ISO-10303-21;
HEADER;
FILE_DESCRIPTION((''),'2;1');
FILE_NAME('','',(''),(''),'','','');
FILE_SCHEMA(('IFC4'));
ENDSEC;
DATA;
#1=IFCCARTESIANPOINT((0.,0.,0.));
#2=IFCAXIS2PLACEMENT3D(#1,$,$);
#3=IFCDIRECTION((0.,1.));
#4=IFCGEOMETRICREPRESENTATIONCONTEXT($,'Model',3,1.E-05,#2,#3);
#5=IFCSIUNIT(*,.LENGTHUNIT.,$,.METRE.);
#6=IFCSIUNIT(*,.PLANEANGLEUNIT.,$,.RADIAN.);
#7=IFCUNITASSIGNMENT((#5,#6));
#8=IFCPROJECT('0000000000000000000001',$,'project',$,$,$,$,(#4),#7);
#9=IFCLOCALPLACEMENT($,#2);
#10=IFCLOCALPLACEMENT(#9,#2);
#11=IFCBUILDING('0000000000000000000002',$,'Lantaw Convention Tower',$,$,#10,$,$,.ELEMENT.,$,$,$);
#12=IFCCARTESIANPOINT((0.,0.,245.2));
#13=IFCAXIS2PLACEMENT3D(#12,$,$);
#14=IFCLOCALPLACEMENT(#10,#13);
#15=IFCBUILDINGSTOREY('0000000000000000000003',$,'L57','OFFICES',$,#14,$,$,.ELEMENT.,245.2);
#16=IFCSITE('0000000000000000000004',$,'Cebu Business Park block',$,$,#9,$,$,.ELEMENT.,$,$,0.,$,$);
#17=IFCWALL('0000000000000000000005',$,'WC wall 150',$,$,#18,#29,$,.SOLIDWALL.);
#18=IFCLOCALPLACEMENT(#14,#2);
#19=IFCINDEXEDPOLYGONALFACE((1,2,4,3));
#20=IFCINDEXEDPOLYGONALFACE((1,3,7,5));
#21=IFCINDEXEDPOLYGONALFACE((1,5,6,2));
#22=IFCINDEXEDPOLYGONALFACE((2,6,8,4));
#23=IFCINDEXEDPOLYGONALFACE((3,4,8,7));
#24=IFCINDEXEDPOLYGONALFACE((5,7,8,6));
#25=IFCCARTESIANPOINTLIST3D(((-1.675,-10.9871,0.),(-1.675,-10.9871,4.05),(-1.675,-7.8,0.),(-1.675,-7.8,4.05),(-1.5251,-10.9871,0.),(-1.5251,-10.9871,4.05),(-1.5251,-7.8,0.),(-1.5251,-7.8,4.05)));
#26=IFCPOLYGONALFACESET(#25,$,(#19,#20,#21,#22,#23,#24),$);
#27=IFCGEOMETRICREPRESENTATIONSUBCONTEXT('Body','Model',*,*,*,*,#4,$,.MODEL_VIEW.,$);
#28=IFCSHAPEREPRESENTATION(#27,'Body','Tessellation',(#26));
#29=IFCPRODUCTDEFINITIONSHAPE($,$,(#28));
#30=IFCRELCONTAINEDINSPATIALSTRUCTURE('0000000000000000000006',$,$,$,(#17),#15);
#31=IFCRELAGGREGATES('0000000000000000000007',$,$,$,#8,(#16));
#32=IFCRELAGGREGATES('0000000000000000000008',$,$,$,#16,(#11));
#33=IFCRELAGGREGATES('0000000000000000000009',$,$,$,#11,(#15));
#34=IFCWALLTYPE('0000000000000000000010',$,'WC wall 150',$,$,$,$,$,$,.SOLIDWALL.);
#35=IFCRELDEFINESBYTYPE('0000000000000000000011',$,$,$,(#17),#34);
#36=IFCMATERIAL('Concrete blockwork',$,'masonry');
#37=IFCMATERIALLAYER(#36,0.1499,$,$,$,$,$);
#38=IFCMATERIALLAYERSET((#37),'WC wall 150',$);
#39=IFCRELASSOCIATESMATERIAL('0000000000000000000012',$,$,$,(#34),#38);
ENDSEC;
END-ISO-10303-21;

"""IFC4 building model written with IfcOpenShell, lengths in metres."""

from ifc_helpers import new_model, si_unit, direction, frame, frame_2d, origin, place, context, subcontext, project, spatial, rectangle, extrude, material, layer, layer_set, type_object, element, save


model = new_model("IFC4")

# Units and contexts
model_context = context("Model", 3, precision=1e-05, world=origin(), true_north=direction((0.0, 1.0)))
body_context = subcontext(model_context, "Body", "Model", "MODEL_VIEW")
ifc_project = project(units=[si_unit("LENGTHUNIT", "METRE"), si_unit("PLANEANGLEUNIT", "RADIAN")], contexts=[model_context])

# Site, building, storey
site_placement = place(None, origin())
site = spatial("IfcSite", under=ifc_project, at=site_placement, Name="Cebu Business Park block", CompositionType="ELEMENT", RefElevation=0.0)
building_placement = place(site_placement, origin())
building = spatial("IfcBuilding", under=site, at=building_placement, Name="Lantaw Convention Tower", CompositionType="ELEMENT")
storey_placement = place(building_placement, frame((0.0, 0.0, 245.2)))
storey = spatial("IfcBuildingStorey", under=building, at=storey_placement, Name="L57", Description="OFFICES", CompositionType="ELEMENT", Elevation=245.2)

# Shared definitions
ifc_material_1 = material(Name="Concrete blockwork", Category="masonry")
ifc_layer_1 = layer(ifc_material_1, 0.1499)
ifc_layer_set_1 = layer_set([ifc_layer_1], Name="WC wall 150")
wall_type_1 = type_object("IfcWallType", Name="WC wall 150", PredefinedType="SOLIDWALL", material=ifc_layer_set_1)

# Wall
for number, where, z_axis, x_axis, name in (
    (1, (-1.6001, -7.8, 0.0), (0.0, 0.0, 1.0), (0.0, -1.0, 0.0), "WC wall 150"),
):
    element("IfcWall", number, at=place(storey_placement, frame(where, z_axis=z_axis, x_axis=x_axis)), inside=storey, type_object=wall_type_1, Name=name, PredefinedType="SOLIDWALL", context=body_context, shape_type="SweptSolid", body=[
        extrude(rectangle(XDim=3.187, YDim=0.1499, at=frame_2d((1.5935, 0.0))), origin(), (0.0, 0.0, 1.0), 4.05),
    ])

save(model, "model.ifc")
